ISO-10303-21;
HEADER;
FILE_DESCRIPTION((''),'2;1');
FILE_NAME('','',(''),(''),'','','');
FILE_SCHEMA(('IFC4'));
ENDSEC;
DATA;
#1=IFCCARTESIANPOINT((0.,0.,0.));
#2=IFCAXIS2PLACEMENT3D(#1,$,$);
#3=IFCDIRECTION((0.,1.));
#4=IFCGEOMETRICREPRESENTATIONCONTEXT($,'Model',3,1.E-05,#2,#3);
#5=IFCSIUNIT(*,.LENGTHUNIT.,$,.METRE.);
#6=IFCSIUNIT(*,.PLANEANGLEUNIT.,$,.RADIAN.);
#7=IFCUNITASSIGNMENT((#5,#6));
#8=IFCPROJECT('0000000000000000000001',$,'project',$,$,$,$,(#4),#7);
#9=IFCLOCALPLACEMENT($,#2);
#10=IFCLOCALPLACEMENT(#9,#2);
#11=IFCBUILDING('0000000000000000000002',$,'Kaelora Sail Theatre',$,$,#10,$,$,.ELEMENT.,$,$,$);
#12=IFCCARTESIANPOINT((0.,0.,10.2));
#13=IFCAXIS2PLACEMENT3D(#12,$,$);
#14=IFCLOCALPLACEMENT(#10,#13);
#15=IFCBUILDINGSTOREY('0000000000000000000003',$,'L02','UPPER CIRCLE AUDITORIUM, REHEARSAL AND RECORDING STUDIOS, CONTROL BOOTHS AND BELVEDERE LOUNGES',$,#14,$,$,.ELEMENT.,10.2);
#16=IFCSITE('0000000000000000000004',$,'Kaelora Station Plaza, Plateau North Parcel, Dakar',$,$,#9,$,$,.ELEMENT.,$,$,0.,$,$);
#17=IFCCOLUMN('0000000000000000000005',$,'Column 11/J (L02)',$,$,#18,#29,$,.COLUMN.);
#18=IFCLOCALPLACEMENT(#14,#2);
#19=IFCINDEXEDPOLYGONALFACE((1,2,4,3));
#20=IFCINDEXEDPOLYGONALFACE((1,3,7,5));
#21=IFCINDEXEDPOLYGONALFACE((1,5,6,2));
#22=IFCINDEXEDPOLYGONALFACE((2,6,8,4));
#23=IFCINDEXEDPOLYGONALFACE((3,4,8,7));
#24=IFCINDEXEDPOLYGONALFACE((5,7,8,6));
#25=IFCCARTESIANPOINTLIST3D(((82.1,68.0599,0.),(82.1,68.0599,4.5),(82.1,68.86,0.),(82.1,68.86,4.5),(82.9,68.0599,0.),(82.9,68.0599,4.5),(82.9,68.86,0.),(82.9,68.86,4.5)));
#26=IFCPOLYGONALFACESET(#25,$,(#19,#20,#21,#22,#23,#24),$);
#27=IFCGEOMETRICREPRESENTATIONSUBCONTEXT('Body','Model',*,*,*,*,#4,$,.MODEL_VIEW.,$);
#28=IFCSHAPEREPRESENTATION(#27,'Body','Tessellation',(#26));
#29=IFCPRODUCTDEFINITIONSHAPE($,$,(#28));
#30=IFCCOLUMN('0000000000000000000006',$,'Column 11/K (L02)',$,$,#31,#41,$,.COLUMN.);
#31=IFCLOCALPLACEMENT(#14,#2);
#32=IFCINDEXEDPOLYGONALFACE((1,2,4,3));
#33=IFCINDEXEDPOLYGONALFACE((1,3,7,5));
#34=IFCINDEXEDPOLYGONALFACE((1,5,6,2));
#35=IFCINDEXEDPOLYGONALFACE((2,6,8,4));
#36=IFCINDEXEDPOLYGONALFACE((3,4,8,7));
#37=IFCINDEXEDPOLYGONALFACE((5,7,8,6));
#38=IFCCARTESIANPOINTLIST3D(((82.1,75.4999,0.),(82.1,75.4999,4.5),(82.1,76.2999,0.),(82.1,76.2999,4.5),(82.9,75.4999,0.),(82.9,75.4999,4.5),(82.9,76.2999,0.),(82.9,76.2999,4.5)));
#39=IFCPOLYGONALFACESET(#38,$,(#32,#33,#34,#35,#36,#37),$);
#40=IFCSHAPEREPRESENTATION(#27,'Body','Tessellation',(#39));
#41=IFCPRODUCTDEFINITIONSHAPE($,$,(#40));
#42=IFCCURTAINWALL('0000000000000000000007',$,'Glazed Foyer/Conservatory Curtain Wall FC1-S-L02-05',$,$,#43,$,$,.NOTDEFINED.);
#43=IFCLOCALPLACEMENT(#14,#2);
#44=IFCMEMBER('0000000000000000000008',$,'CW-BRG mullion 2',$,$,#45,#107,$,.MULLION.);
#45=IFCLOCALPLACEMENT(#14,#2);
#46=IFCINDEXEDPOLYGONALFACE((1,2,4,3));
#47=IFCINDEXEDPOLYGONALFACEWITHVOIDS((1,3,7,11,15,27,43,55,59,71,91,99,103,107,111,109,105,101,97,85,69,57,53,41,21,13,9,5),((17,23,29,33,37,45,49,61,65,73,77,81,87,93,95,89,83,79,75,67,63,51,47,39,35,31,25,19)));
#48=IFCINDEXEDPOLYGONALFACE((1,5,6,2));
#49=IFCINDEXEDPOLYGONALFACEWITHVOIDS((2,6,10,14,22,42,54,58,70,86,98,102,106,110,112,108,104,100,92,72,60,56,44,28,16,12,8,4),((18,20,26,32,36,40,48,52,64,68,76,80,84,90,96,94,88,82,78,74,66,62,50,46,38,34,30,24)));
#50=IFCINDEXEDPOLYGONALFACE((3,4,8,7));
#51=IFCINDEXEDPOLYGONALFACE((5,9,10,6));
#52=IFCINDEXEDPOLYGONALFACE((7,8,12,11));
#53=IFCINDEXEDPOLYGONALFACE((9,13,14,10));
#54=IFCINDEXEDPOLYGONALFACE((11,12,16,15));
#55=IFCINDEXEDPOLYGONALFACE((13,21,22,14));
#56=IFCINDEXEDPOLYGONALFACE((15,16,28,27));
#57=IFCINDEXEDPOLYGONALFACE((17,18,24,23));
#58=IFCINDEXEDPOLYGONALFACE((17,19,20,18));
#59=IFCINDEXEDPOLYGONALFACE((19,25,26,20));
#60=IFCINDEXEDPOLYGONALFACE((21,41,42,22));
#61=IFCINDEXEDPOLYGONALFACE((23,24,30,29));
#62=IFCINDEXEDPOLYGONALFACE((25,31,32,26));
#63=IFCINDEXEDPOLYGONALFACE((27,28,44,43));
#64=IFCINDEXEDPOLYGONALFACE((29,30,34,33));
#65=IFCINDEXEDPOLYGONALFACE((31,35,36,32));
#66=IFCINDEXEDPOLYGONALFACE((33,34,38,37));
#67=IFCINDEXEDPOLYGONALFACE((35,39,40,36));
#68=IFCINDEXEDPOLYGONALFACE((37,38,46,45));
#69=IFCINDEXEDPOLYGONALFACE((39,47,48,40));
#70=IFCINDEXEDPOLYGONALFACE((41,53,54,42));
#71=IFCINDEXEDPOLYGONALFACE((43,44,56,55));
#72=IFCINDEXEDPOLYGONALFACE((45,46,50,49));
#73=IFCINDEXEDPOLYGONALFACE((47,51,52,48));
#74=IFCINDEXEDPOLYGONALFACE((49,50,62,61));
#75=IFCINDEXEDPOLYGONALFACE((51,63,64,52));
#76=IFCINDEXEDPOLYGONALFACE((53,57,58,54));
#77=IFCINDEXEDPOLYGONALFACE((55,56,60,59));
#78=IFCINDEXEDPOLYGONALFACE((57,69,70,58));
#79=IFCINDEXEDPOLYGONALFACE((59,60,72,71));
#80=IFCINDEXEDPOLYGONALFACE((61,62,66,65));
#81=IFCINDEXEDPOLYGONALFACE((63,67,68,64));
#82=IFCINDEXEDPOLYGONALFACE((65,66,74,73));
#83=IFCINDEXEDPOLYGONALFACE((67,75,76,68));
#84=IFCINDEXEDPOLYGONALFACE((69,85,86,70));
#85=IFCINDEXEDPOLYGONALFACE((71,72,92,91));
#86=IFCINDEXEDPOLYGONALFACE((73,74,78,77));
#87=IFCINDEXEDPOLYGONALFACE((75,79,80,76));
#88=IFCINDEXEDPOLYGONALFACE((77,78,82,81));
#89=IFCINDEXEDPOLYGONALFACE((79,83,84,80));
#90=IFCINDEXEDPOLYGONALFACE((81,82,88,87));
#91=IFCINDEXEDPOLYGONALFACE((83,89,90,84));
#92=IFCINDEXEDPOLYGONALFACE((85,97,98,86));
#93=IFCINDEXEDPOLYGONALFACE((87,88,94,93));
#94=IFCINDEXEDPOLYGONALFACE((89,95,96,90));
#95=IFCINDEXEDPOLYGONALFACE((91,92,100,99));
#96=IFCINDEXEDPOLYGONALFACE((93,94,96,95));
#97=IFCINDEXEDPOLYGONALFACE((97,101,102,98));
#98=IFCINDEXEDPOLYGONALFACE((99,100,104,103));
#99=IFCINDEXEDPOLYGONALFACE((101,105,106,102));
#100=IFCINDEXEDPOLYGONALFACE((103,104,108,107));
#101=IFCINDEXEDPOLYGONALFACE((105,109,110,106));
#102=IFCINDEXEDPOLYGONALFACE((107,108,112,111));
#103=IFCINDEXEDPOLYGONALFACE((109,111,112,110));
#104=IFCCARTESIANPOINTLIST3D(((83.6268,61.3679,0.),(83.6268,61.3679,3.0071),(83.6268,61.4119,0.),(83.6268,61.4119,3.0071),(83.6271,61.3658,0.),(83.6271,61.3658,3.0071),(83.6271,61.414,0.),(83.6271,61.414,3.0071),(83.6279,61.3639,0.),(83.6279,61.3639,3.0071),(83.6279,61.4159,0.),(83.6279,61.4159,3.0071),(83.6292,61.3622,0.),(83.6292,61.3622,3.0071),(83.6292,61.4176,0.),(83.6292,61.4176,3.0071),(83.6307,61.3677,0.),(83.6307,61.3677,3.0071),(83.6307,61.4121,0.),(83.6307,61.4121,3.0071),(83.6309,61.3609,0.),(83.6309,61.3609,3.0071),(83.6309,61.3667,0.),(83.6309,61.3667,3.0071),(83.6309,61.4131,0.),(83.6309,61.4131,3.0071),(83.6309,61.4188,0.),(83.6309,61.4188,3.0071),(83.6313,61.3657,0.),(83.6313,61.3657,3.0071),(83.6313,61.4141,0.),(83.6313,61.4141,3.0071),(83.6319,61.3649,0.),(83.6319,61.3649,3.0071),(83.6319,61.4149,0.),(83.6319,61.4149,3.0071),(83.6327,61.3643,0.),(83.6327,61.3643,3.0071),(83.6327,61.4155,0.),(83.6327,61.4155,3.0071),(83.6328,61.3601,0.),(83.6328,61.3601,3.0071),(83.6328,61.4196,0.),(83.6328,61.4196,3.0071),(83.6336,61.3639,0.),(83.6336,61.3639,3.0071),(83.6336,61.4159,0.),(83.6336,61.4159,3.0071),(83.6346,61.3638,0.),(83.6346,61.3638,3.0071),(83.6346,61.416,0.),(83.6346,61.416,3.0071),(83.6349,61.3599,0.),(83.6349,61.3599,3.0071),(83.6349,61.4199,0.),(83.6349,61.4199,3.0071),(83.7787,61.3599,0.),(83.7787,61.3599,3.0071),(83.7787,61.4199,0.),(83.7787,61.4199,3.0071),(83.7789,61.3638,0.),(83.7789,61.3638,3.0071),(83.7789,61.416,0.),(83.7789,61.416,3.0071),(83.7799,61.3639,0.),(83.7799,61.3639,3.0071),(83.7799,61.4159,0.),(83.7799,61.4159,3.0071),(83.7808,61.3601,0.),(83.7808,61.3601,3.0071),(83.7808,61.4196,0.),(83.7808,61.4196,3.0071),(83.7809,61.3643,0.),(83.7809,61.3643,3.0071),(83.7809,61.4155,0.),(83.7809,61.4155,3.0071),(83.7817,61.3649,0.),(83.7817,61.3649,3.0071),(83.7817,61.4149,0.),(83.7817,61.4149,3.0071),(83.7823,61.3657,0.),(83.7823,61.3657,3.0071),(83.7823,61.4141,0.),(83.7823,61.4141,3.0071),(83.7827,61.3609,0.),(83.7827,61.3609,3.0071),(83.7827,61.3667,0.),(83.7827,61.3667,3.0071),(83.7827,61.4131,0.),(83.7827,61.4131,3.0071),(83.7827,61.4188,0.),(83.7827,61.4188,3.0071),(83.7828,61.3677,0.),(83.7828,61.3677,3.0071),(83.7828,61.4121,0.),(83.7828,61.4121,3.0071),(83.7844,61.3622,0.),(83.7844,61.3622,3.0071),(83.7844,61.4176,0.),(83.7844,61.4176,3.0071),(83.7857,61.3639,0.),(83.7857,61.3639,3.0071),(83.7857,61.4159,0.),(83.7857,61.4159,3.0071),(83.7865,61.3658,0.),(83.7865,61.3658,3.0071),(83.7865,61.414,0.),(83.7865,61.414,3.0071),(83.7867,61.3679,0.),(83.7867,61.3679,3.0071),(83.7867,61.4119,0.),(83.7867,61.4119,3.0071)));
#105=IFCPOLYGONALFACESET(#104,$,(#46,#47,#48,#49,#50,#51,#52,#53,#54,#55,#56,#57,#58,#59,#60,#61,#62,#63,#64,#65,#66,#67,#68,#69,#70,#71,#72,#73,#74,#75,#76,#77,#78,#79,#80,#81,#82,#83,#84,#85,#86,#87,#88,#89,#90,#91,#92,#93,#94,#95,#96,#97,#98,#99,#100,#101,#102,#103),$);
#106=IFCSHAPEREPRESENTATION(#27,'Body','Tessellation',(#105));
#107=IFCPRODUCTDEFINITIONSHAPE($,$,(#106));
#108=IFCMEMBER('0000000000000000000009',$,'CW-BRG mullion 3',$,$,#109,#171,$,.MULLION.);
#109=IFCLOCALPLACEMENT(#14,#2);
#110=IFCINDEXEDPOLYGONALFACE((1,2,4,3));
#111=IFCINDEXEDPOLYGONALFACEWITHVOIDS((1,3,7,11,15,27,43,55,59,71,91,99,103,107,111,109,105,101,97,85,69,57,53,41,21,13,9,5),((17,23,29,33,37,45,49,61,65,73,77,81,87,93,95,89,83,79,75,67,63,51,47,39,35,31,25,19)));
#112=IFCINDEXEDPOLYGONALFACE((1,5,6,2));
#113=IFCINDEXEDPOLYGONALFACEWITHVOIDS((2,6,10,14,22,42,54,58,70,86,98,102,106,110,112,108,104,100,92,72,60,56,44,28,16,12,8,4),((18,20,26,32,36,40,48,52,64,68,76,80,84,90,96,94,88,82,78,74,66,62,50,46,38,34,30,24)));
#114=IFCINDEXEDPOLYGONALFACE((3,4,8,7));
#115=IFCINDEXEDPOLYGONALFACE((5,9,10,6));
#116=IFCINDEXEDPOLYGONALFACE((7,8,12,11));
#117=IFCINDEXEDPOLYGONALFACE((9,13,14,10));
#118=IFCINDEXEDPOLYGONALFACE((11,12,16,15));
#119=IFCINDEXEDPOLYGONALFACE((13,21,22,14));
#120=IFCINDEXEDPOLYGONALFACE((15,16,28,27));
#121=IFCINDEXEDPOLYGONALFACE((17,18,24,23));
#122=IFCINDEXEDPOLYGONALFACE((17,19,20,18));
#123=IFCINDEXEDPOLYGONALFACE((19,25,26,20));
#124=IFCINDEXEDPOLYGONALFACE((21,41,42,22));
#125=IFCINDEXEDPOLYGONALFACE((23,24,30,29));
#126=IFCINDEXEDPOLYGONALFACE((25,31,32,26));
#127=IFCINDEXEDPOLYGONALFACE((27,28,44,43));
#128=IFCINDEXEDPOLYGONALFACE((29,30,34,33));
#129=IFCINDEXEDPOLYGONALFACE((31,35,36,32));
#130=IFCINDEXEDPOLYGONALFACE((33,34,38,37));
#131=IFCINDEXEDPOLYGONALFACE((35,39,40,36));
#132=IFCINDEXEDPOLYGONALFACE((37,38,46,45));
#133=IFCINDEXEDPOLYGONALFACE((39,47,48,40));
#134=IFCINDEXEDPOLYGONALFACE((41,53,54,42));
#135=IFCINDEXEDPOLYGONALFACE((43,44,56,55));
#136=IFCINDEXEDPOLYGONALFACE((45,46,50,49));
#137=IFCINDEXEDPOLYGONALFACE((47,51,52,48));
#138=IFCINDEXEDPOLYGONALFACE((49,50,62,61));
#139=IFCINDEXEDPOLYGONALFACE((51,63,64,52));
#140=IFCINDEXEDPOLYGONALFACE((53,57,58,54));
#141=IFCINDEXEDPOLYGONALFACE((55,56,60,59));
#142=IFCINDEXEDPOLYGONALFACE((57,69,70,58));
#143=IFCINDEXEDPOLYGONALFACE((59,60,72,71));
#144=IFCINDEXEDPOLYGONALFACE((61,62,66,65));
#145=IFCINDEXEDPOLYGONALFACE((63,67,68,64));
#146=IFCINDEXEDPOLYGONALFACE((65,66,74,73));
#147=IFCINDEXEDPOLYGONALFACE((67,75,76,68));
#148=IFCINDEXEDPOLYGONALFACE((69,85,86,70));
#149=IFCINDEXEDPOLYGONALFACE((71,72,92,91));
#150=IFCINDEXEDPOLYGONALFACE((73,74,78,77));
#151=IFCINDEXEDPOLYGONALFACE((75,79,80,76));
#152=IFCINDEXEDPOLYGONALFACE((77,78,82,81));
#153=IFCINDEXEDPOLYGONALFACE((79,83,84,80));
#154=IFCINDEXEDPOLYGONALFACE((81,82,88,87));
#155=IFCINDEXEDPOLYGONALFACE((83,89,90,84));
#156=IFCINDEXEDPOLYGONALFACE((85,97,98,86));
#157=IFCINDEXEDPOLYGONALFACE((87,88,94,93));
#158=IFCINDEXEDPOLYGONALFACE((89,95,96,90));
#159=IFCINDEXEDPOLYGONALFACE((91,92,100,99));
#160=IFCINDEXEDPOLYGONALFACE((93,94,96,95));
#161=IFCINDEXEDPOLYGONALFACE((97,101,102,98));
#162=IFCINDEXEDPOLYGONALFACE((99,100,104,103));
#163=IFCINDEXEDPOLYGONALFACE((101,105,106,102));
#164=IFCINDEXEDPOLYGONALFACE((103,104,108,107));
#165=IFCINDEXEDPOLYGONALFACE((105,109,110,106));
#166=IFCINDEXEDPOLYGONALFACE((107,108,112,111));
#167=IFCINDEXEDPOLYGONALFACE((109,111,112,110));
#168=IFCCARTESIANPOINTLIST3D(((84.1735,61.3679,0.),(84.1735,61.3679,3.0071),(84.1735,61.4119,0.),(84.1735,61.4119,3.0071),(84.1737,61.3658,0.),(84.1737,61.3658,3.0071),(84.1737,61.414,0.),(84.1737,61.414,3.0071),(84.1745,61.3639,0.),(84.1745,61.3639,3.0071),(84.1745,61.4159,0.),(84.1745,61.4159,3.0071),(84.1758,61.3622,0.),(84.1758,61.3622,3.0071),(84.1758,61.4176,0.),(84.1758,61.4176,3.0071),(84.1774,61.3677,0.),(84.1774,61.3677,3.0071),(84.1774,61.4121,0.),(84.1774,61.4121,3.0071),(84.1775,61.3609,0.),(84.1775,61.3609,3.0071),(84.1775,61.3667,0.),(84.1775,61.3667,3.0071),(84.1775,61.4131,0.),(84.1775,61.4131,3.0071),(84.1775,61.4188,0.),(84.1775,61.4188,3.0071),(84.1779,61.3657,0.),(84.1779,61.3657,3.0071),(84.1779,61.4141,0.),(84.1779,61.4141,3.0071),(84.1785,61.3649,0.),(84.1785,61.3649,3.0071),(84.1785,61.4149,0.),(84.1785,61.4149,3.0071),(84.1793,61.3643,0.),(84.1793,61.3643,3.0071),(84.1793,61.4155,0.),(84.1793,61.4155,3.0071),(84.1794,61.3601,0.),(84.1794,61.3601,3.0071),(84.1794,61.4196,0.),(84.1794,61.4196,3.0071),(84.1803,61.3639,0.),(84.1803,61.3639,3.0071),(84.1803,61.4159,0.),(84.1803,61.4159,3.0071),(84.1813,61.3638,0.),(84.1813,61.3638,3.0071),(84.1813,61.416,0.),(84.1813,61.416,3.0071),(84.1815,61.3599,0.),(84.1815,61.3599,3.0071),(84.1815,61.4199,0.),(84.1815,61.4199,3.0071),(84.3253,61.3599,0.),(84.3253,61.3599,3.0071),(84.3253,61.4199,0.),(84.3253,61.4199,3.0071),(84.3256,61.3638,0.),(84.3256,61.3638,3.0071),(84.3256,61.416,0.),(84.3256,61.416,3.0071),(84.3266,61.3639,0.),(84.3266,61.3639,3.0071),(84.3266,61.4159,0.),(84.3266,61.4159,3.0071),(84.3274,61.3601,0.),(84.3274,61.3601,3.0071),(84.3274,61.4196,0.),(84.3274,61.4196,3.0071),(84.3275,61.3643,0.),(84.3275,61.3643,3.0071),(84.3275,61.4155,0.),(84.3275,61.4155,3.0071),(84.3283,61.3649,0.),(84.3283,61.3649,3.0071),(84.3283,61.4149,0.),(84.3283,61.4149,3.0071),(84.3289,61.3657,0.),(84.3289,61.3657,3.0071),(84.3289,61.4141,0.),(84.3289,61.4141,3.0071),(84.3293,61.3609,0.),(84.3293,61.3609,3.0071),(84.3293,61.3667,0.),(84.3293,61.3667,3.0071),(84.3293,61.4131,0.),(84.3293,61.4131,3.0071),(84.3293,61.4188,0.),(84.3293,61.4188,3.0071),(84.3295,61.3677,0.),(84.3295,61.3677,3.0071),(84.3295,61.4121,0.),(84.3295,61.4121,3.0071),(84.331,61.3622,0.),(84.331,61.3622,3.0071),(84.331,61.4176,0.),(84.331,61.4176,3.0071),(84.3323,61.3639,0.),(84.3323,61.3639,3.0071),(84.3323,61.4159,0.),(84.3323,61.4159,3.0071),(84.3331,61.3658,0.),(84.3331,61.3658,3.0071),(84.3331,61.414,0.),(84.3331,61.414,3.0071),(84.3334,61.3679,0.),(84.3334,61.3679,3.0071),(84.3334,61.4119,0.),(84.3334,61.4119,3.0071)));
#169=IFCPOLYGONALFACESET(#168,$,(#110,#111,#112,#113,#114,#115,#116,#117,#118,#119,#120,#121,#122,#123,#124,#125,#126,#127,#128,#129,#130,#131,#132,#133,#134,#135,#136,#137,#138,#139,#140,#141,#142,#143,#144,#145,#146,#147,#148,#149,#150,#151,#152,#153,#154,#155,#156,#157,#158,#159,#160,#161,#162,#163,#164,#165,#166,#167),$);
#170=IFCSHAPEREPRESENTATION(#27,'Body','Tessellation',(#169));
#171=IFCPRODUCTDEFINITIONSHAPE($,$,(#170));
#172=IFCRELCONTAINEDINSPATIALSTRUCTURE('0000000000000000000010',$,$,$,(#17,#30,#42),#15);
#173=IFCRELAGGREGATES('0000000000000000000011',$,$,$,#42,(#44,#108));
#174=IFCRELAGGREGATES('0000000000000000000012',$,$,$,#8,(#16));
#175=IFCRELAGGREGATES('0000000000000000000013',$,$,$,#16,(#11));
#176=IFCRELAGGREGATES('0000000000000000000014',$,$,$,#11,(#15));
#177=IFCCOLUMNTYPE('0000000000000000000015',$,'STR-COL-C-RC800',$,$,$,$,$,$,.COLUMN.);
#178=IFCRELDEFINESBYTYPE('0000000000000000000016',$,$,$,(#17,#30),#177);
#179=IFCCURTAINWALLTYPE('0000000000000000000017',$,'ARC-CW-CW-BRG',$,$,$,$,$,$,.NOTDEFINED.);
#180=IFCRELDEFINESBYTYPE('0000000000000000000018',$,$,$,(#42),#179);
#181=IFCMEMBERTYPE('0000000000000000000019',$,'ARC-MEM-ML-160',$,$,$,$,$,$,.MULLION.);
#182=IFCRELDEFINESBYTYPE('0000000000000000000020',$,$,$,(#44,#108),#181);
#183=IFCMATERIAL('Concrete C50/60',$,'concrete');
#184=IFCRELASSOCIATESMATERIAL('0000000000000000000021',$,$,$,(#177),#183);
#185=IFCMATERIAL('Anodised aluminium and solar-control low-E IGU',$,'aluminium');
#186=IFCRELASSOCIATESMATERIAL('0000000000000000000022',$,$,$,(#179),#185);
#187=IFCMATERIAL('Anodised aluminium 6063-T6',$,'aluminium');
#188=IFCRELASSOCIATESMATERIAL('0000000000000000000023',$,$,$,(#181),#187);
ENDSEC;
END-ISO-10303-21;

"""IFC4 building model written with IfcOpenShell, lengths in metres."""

from ifc_helpers import new_model, si_unit, direction, frame, origin, origin_2d, place, context, subcontext, project, spatial, rectangle, hollow_rectangle, extrude, material, material_profile, profile_set, type_object, element, aggregate, save


model = new_model("IFC4")

# Units and contexts
model_context = context("Model", 3, precision=1e-05, world=origin(), true_north=direction((0.0, 1.0)))
body_context = subcontext(model_context, "Body", "Model", "MODEL_VIEW")
ifc_project = project(units=[si_unit("LENGTHUNIT", "METRE"), si_unit("PLANEANGLEUNIT", "RADIAN")], contexts=[model_context])

# Site, building, storey
site_placement = place(None, origin())
site = spatial("IfcSite", under=ifc_project, at=site_placement, Name="Kaelora Station Plaza, Plateau North Parcel, Dakar", CompositionType="ELEMENT", RefElevation=0.0)
building_placement = place(site_placement, origin())
building = spatial("IfcBuilding", under=site, at=building_placement, Name="Kaelora Sail Theatre", CompositionType="ELEMENT")
storey_placement = place(building_placement, frame((0.0, 0.0, 10.2)))
storey = spatial("IfcBuildingStorey", under=building, at=storey_placement, Name="L02", Description="UPPER CIRCLE AUDITORIUM, REHEARSAL AND RECORDING STUDIOS, CONTROL BOOTHS AND BELVEDERE LOUNGES", CompositionType="ELEMENT", Elevation=10.2)

# Columns
ifc_material_1 = material(Name="Concrete C50/60", Category="concrete")
ifc_material_profile_1 = material_profile(ifc_material_1, rectangle(XDim=0.8, YDim=0.8, at=origin_2d()), Name="RC-COL 800x800")
ifc_profile_set_1 = profile_set([ifc_material_profile_1], Name="Concrete C50/60")
column_type = type_object("IfcColumnType", Name="STR-COL-C-RC800", PredefinedType="COLUMN", material=ifc_profile_set_1)
for number, where, z_axis, x_axis, name in (
    (1, (82.5, 68.46, 0.0), (0.0, 0.0, 1.0), (1.0, 0.0, 0.0), "Column 11/J (L02)"),
    (2, (82.5, 75.8999, 0.0), (0.0, 0.0, 1.0), (1.0, 0.0, 0.0), "Column 11/K (L02)"),
):
    element("IfcColumn", number, at=place(storey_placement, frame(where, z_axis=z_axis, x_axis=x_axis)), inside=storey, type_object=column_type, Name=name, PredefinedType="COLUMN", context=body_context, shape_type="SweptSolid", body=[
        extrude(rectangle(XDim=0.8, YDim=0.8, at=origin_2d()), origin(), (0.0, 0.0, 1.0), 4.5),
    ])

# Curtain wall, members
ifc_material_2 = material(Name="Anodised aluminium and solar-control low-E IGU", Category="aluminium")
curtain_wall_type = type_object("IfcCurtainWallType", Name="ARC-CW-CW-BRG", PredefinedType="NOTDEFINED", material=ifc_material_2)
curtain_wall_1_placement = place(storey_placement, origin())
curtain_wall_1 = element("IfcCurtainWall", 3, at=curtain_wall_1_placement, inside=storey, type_object=curtain_wall_type, Name="Glazed Foyer/Conservatory Curtain Wall FC1-S-L02-05", PredefinedType="NOTDEFINED")
ifc_material_3 = material(Name="Anodised aluminium 6063-T6", Category="aluminium")
ifc_material_profile_2 = material_profile(ifc_material_3, hollow_rectangle(XDim=0.0601, YDim=0.1599, WallThickness=0.0039, InnerFilletRadius=0.0039, OuterFilletRadius=0.0081, at=origin_2d()), Name="ALU-MULL 60x160x4")
ifc_profile_set_2 = profile_set([ifc_material_profile_2], Name="Anodised aluminium 6063-T6")
member_type_1 = type_object("IfcMemberType", Name="ARC-MEM-ML-160", PredefinedType="MULLION", material=ifc_profile_set_2)
member_1_placement = place(storey_placement, frame((83.7068, 61.3899, 0.0), z_axis=(0.0, 0.0, 1.0), x_axis=(0.0, 1.0, 0.0)))
member_1 = element("IfcMember", 4, at=member_1_placement, type_object=member_type_1, Name="CW-BRG mullion 2", PredefinedType="MULLION", context=body_context, shape_type="SweptSolid", body=[
    extrude(hollow_rectangle(XDim=0.0601, YDim=0.1599, WallThickness=0.0039, InnerFilletRadius=0.0039, OuterFilletRadius=0.0081, at=origin_2d()), origin(), (0.0, 0.0, 1.0), 3.0071),
])
member_2_placement = place(storey_placement, frame((84.2534, 61.3899, 0.0), z_axis=(0.0, 0.0, 1.0), x_axis=(0.0, 1.0, 0.0)))
member_2 = element("IfcMember", 5, at=member_2_placement, type_object=member_type_1, Name="CW-BRG mullion 3", PredefinedType="MULLION", context=body_context, shape_type="SweptSolid", body=[
    extrude(hollow_rectangle(XDim=0.0601, YDim=0.1599, WallThickness=0.0039, InnerFilletRadius=0.0039, OuterFilletRadius=0.0081, at=origin_2d()), origin(), (0.0, 0.0, 1.0), 3.0071),
])

aggregate(curtain_wall_1, [member_1, member_2])

save(model, "model.ifc")
